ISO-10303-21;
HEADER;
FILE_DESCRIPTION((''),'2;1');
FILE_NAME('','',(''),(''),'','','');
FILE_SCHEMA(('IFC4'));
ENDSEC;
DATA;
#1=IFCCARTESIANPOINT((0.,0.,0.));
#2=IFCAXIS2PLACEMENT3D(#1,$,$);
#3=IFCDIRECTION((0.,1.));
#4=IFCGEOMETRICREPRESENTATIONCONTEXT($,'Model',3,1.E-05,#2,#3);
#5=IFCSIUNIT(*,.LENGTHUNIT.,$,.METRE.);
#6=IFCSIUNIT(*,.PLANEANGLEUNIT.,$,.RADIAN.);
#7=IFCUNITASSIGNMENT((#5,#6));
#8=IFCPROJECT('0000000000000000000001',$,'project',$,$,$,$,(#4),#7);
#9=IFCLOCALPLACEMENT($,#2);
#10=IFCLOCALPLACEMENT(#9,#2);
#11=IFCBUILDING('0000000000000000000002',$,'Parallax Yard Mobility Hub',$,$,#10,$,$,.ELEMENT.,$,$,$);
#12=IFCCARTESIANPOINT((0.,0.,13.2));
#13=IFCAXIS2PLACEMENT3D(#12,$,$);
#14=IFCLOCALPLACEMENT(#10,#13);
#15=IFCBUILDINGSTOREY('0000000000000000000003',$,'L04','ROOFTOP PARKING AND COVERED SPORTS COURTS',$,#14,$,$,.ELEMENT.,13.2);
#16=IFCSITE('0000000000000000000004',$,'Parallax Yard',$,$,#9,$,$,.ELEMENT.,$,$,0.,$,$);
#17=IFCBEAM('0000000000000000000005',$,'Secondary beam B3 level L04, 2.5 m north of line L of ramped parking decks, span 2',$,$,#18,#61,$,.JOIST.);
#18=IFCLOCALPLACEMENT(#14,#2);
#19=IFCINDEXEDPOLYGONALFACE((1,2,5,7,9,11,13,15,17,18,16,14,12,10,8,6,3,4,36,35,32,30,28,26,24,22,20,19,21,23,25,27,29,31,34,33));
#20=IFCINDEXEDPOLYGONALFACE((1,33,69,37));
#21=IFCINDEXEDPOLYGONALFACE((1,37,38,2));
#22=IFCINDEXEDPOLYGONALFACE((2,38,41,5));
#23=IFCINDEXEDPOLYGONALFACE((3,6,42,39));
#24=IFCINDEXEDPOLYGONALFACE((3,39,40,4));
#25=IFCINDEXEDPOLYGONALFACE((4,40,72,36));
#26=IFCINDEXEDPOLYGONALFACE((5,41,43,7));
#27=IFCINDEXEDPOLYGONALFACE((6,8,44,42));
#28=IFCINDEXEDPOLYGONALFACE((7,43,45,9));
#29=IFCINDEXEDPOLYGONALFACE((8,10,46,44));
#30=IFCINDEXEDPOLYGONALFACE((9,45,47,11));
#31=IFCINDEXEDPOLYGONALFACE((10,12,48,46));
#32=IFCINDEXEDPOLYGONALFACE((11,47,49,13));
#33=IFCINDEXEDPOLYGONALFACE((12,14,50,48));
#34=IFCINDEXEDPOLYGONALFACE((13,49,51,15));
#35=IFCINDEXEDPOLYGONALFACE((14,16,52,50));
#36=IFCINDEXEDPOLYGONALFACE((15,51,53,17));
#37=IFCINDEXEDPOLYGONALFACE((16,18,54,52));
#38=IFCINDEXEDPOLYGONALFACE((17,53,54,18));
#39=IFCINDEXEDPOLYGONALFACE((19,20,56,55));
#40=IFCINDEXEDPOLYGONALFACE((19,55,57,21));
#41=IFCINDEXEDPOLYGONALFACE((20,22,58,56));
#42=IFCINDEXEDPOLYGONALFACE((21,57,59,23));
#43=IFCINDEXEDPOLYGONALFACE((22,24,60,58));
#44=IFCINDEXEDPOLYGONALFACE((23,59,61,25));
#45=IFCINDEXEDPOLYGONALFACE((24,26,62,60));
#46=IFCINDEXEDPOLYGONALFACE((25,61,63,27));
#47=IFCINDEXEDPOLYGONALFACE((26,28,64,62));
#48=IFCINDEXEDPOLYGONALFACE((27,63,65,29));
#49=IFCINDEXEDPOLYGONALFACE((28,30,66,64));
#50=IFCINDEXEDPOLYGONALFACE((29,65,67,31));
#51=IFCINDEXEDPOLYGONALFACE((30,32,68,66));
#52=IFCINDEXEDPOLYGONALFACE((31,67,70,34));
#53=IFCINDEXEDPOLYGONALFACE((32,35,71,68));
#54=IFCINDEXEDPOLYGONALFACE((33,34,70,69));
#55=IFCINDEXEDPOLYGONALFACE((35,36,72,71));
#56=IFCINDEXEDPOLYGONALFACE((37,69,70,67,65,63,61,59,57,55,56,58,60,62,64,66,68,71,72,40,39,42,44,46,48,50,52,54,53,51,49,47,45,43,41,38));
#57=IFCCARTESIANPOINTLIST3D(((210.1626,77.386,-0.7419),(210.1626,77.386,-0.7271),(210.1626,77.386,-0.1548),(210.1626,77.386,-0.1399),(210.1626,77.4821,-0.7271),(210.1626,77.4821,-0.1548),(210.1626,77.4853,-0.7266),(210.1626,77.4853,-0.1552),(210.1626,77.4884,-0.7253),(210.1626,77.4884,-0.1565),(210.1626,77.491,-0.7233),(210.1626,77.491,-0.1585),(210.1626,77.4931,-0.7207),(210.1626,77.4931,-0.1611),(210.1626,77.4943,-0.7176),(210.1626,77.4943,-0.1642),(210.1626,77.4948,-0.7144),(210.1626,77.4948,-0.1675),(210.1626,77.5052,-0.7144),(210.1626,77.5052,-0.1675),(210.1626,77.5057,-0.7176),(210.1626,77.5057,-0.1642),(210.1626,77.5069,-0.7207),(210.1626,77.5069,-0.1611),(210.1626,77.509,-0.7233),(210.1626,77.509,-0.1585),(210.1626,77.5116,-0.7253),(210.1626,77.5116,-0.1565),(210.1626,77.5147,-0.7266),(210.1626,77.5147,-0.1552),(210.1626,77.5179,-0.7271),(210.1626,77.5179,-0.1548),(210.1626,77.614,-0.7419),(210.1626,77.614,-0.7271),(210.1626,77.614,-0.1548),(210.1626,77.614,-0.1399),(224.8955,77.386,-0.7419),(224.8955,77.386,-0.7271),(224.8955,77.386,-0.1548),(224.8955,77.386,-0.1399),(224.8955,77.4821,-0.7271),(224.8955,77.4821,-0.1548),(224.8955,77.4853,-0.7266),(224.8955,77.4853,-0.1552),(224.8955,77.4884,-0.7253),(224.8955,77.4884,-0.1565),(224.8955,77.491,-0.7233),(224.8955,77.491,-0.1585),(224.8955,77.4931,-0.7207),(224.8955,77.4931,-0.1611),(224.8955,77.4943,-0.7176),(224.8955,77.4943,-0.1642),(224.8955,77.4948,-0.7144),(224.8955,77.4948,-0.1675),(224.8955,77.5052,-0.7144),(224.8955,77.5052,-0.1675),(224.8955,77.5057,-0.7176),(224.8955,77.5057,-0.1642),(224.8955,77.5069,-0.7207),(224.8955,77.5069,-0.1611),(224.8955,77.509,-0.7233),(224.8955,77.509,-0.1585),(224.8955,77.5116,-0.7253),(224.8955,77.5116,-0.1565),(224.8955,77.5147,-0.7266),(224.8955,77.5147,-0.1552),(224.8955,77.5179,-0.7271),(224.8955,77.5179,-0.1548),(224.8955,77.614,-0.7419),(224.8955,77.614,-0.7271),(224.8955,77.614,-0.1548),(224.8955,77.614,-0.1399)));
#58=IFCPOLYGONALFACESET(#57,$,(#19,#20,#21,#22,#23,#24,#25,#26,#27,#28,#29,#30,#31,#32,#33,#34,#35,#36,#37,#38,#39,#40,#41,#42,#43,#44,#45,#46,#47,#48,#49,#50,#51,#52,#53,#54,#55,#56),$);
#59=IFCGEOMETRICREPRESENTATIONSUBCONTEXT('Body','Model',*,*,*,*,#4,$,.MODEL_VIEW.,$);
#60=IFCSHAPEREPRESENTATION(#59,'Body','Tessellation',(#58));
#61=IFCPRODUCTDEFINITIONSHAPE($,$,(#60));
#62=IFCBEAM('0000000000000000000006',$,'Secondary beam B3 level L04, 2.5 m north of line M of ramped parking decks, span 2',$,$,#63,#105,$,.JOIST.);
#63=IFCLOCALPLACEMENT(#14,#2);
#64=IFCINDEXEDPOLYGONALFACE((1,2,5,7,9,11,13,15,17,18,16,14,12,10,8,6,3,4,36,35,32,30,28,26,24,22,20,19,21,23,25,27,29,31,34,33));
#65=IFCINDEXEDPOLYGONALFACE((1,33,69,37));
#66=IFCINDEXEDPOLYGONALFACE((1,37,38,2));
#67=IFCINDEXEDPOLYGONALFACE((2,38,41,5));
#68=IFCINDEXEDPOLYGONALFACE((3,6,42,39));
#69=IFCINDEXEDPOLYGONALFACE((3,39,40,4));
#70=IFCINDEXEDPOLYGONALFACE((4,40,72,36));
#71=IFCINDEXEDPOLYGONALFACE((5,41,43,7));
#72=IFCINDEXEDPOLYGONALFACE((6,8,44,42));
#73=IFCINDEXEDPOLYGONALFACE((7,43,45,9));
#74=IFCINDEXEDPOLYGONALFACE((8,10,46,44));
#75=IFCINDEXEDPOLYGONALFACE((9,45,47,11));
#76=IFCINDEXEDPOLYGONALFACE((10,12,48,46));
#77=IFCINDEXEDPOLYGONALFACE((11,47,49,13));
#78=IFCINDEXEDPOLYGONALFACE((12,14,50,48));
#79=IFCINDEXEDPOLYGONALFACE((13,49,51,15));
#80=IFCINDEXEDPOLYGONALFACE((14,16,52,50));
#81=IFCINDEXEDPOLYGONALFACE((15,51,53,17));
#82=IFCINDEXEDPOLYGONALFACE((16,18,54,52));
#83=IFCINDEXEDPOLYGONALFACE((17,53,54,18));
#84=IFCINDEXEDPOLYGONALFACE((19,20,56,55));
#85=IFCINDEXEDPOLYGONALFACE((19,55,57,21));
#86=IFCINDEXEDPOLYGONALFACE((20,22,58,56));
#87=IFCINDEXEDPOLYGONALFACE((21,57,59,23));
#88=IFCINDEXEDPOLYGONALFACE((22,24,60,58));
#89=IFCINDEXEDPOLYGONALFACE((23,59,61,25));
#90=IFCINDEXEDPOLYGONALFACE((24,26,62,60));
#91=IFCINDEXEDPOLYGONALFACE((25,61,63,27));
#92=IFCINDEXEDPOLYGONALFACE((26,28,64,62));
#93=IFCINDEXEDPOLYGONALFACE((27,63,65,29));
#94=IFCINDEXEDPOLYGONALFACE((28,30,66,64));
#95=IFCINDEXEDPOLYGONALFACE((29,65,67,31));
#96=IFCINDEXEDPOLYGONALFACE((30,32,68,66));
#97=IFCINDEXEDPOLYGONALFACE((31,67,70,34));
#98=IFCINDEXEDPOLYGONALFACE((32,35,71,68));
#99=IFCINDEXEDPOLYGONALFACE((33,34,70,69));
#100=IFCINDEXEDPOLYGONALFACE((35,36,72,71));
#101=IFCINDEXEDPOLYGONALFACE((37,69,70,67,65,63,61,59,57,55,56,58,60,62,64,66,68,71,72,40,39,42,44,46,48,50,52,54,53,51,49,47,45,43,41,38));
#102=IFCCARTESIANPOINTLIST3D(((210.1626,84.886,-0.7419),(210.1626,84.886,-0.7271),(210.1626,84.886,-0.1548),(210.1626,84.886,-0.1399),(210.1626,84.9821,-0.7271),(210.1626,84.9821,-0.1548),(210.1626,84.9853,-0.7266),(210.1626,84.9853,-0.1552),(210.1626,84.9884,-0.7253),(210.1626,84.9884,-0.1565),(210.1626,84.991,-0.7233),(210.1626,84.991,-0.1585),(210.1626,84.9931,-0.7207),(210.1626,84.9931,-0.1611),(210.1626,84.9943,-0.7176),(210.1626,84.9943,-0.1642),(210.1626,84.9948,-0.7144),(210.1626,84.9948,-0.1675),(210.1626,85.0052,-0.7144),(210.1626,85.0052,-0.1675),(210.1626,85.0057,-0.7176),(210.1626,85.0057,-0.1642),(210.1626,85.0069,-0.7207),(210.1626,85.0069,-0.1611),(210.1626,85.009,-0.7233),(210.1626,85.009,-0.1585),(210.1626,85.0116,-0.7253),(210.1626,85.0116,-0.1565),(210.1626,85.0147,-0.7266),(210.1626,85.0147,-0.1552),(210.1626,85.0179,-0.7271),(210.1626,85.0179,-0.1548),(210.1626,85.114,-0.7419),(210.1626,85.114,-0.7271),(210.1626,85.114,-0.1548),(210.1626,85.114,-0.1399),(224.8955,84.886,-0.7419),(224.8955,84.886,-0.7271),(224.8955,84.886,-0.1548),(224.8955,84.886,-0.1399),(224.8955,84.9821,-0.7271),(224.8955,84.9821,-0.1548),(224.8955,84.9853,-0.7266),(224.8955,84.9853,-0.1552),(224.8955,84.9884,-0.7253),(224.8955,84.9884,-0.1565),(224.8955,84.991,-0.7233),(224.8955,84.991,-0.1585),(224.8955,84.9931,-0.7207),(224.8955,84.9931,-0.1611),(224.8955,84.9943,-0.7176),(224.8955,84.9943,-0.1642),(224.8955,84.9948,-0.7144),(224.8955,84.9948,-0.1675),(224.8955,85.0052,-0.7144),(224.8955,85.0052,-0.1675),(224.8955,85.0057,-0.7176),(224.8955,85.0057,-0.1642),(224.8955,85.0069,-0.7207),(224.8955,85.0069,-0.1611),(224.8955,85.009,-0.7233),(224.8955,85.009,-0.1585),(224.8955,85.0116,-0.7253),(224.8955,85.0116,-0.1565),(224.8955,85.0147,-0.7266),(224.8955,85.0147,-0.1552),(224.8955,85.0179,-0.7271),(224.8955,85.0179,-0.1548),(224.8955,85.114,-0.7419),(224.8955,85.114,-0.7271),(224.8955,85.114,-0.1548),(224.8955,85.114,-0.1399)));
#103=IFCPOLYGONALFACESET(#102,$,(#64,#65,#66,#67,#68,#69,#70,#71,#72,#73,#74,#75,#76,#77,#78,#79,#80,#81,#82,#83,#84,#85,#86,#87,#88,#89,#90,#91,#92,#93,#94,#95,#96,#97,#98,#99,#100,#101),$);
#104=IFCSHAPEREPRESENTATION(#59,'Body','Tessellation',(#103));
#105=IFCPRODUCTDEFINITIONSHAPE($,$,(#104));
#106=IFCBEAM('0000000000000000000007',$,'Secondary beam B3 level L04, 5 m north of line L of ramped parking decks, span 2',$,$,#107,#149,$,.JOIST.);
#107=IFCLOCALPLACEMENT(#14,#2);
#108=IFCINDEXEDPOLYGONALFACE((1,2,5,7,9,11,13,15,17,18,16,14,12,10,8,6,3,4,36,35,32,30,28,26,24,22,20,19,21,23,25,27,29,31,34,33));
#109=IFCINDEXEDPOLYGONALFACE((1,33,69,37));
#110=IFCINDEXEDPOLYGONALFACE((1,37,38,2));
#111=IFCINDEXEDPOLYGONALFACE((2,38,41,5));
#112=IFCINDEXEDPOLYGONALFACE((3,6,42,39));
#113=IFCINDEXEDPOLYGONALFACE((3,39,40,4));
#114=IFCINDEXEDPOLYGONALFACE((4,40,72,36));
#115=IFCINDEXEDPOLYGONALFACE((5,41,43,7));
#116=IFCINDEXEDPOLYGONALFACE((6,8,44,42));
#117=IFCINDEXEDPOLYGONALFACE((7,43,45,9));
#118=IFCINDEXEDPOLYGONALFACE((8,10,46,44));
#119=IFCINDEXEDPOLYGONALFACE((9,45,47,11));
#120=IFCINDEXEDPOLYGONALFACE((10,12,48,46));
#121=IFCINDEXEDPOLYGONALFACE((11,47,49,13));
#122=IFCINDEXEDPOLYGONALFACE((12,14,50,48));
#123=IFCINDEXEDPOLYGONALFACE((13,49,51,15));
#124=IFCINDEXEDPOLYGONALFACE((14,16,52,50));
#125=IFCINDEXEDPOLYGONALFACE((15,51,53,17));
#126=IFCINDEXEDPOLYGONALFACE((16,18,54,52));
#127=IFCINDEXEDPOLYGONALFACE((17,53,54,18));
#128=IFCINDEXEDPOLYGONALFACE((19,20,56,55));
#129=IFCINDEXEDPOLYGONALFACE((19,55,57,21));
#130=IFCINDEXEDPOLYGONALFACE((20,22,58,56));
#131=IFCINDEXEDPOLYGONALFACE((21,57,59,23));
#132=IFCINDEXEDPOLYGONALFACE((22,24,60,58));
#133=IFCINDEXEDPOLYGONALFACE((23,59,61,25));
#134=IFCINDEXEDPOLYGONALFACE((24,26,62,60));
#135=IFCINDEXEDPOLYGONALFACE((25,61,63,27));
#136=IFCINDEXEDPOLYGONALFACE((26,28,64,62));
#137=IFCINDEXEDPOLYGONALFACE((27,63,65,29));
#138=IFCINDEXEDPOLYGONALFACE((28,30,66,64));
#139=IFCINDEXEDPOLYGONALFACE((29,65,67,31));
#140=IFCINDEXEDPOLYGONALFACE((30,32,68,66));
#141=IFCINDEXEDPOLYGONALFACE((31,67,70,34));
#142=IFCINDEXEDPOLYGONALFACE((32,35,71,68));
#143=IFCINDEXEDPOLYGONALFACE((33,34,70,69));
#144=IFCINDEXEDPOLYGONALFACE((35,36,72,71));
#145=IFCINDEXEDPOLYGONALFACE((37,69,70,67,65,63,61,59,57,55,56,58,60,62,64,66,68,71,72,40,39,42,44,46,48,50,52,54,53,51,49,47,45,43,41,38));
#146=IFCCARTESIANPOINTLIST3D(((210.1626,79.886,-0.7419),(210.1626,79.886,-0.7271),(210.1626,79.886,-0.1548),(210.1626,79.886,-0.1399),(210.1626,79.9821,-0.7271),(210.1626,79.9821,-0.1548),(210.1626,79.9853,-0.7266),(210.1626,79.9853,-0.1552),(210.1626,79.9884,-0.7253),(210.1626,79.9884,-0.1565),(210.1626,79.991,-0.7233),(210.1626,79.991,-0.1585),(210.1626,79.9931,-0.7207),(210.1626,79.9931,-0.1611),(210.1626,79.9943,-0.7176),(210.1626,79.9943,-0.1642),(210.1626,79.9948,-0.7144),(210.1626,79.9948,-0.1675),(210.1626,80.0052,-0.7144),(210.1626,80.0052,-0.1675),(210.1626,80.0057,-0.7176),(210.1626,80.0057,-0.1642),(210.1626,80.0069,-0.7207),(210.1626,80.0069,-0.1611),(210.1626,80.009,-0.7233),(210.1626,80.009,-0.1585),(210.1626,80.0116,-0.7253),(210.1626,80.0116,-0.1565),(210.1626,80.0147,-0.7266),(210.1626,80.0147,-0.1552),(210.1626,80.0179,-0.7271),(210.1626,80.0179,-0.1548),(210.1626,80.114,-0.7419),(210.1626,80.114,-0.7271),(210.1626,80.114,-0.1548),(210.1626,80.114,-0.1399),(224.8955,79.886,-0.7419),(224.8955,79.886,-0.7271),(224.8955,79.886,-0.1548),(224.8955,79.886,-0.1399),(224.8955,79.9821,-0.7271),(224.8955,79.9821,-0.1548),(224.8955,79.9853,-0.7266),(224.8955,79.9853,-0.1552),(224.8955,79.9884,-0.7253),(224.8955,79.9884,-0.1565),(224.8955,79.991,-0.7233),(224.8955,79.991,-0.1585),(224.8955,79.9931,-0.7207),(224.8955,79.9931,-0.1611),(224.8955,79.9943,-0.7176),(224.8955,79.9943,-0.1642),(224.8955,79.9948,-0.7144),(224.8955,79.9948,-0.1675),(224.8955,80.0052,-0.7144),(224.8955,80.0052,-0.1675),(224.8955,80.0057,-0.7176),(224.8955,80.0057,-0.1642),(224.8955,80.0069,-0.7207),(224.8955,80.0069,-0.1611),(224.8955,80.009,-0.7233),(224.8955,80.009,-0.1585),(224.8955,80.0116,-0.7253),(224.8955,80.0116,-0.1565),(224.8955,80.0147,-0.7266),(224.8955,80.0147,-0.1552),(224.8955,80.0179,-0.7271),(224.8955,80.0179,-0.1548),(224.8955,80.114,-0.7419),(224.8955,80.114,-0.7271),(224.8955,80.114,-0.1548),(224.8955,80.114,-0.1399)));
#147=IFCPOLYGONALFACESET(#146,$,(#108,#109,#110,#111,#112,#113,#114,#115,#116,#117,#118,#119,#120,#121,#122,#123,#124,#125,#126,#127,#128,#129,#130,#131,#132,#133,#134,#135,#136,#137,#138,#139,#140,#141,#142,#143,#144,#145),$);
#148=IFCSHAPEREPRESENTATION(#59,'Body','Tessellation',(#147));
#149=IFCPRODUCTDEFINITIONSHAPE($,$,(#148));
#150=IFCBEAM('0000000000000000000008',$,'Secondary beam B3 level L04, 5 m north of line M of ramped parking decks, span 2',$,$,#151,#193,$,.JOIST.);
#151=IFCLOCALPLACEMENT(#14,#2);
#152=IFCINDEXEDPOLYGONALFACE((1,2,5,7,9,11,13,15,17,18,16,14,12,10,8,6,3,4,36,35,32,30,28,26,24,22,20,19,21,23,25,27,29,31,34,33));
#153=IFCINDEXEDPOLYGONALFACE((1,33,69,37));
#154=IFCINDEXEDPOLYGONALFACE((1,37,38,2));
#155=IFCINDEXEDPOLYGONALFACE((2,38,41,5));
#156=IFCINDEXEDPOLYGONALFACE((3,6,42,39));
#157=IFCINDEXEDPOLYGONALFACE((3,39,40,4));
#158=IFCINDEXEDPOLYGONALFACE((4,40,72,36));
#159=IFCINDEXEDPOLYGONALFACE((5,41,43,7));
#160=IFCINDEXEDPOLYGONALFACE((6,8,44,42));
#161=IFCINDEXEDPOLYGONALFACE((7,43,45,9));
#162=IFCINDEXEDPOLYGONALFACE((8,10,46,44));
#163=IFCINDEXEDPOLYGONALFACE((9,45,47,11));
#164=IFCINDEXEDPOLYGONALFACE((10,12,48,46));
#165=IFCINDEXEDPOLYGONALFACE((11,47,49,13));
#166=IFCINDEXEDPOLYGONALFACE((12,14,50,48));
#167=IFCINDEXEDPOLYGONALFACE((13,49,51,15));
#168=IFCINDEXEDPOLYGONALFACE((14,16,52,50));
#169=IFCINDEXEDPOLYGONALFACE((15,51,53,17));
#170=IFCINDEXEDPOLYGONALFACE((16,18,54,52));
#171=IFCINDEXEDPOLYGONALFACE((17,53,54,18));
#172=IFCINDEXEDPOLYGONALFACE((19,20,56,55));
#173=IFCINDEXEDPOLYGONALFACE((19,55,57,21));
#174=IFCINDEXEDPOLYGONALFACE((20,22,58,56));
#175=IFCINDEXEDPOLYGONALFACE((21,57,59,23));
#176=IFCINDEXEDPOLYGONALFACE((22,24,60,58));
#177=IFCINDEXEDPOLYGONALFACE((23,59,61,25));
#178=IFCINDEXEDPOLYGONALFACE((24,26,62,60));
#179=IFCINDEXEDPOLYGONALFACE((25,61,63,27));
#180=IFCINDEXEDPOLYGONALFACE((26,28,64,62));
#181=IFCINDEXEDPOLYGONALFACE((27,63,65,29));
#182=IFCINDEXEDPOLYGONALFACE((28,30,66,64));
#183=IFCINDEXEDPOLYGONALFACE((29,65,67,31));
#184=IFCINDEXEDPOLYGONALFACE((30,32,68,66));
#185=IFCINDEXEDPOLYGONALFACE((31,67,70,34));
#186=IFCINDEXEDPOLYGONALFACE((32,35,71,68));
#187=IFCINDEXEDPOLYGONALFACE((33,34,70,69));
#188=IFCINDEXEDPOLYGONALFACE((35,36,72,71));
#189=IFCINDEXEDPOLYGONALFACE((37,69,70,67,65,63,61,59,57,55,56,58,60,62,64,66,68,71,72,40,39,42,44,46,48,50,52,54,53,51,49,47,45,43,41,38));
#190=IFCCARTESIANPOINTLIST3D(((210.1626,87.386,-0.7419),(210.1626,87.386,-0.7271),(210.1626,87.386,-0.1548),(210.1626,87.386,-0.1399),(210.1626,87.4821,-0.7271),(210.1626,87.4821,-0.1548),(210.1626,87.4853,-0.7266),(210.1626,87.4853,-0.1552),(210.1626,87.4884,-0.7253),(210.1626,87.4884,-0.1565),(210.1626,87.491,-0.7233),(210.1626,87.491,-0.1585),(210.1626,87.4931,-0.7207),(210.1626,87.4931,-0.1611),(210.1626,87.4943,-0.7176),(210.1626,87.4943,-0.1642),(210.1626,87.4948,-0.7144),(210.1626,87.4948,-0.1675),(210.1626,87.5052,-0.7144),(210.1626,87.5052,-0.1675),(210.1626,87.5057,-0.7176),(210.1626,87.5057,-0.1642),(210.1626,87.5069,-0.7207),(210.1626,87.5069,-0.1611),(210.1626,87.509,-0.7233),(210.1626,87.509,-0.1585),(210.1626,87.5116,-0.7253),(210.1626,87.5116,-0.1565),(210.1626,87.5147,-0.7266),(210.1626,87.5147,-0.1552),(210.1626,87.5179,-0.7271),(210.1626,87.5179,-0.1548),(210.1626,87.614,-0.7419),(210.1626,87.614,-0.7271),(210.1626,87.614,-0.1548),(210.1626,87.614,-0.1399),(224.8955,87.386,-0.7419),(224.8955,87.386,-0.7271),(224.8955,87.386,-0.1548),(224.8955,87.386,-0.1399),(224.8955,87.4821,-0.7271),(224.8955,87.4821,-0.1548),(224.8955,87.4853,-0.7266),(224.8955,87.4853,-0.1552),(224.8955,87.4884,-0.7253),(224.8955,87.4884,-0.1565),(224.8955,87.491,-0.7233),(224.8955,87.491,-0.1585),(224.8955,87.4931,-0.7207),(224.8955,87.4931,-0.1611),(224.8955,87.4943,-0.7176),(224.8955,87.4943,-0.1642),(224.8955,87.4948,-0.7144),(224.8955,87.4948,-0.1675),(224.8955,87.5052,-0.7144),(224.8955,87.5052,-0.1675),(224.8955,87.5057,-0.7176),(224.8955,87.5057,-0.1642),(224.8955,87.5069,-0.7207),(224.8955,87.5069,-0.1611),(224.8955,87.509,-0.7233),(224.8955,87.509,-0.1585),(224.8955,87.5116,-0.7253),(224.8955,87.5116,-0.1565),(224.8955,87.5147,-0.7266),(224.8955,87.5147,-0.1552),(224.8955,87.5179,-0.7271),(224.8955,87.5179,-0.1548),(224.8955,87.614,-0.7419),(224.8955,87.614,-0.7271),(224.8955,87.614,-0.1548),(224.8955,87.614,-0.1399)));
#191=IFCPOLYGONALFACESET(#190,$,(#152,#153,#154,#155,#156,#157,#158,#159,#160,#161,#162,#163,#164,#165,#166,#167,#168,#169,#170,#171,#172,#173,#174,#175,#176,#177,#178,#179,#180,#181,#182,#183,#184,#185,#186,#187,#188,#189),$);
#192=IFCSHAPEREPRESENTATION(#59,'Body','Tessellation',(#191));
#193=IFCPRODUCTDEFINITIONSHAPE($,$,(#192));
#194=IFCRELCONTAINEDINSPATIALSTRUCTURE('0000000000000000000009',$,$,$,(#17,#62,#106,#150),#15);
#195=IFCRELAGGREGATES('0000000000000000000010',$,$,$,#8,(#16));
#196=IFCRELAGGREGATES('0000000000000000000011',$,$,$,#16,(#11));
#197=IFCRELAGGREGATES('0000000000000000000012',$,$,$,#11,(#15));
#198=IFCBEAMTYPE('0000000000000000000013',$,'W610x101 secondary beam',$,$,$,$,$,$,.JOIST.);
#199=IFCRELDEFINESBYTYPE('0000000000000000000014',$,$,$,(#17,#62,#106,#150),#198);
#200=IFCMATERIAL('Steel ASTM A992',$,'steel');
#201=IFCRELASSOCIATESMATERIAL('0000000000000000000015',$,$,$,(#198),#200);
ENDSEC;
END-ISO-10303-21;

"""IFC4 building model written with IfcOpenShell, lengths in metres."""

from ifc_helpers import new_model, si_unit, direction, frame, origin, origin_2d, place, context, subcontext, project, spatial, i_section, extrude, material, material_profile, profile_set, type_object, element, save


model = new_model("IFC4")

# Units and contexts
model_context = context("Model", 3, precision=1e-05, world=origin(), true_north=direction((0.0, 1.0)))
body_context = subcontext(model_context, "Body", "Model", "MODEL_VIEW")
ifc_project = project(units=[si_unit("LENGTHUNIT", "METRE"), si_unit("PLANEANGLEUNIT", "RADIAN")], contexts=[model_context])

# Site, building, storey
site_placement = place(None, origin())
site = spatial("IfcSite", under=ifc_project, at=site_placement, Name="Parallax Yard", CompositionType="ELEMENT", RefElevation=0.0)
building_placement = place(site_placement, origin())
building = spatial("IfcBuilding", under=site, at=building_placement, Name="Parallax Yard Mobility Hub", CompositionType="ELEMENT")
storey_placement = place(building_placement, frame((0.0, 0.0, 13.2)))
storey = spatial("IfcBuildingStorey", under=building, at=storey_placement, Name="L04", Description="ROOFTOP PARKING AND COVERED SPORTS COURTS", CompositionType="ELEMENT", Elevation=13.2)

# Shared definitions
ifc_material_1 = material(Name="Steel ASTM A992", Category="steel")

# Beams
ifc_material_profile_1 = material_profile(ifc_material_1, i_section(OverallWidth=0.228, OverallDepth=0.6021, WebThickness=0.0105, FlangeThickness=0.0149, FilletRadius=0.0127, at=origin_2d()), Name="W610x101")
ifc_profile_set_1 = profile_set([ifc_material_profile_1], Name="Steel ASTM A992")
beam_type_1 = type_object("IfcBeamType", Name="W610x101 secondary beam", PredefinedType="JOIST", material=ifc_profile_set_1)
for number, where, z_axis, x_axis, name in (
    (1, (210.1626, 77.5, -0.4409), (1.0, 0.0, 0.0), (0.0, 1.0, 0.0), "Secondary beam B3 level L04, 2.5 m north of line L of ramped parking decks, span 2"),
    (2, (210.1626, 85.0, -0.4409), (1.0, 0.0, 0.0), (0.0, 1.0, 0.0), "Secondary beam B3 level L04, 2.5 m north of line M of ramped parking decks, span 2"),
    (3, (210.1626, 80.0, -0.4409), (1.0, 0.0, 0.0), (0.0, 1.0, 0.0), "Secondary beam B3 level L04, 5 m north of line L of ramped parking decks, span 2"),
    (4, (210.1626, 87.5, -0.4409), (1.0, 0.0, 0.0), (0.0, 1.0, 0.0), "Secondary beam B3 level L04, 5 m north of line M of ramped parking decks, span 2"),
):
    element("IfcBeam", number, at=place(storey_placement, frame(where, z_axis=z_axis, x_axis=x_axis)), inside=storey, type_object=beam_type_1, Name=name, PredefinedType="JOIST", context=body_context, shape_type="SweptSolid", body=[
        extrude(i_section(OverallWidth=0.228, OverallDepth=0.6021, WebThickness=0.0105, FlangeThickness=0.0149, FilletRadius=0.0127, at=origin_2d()), origin(), (0.0, 0.0, 1.0), 14.7329),
    ])

save(model, "model.ifc")
